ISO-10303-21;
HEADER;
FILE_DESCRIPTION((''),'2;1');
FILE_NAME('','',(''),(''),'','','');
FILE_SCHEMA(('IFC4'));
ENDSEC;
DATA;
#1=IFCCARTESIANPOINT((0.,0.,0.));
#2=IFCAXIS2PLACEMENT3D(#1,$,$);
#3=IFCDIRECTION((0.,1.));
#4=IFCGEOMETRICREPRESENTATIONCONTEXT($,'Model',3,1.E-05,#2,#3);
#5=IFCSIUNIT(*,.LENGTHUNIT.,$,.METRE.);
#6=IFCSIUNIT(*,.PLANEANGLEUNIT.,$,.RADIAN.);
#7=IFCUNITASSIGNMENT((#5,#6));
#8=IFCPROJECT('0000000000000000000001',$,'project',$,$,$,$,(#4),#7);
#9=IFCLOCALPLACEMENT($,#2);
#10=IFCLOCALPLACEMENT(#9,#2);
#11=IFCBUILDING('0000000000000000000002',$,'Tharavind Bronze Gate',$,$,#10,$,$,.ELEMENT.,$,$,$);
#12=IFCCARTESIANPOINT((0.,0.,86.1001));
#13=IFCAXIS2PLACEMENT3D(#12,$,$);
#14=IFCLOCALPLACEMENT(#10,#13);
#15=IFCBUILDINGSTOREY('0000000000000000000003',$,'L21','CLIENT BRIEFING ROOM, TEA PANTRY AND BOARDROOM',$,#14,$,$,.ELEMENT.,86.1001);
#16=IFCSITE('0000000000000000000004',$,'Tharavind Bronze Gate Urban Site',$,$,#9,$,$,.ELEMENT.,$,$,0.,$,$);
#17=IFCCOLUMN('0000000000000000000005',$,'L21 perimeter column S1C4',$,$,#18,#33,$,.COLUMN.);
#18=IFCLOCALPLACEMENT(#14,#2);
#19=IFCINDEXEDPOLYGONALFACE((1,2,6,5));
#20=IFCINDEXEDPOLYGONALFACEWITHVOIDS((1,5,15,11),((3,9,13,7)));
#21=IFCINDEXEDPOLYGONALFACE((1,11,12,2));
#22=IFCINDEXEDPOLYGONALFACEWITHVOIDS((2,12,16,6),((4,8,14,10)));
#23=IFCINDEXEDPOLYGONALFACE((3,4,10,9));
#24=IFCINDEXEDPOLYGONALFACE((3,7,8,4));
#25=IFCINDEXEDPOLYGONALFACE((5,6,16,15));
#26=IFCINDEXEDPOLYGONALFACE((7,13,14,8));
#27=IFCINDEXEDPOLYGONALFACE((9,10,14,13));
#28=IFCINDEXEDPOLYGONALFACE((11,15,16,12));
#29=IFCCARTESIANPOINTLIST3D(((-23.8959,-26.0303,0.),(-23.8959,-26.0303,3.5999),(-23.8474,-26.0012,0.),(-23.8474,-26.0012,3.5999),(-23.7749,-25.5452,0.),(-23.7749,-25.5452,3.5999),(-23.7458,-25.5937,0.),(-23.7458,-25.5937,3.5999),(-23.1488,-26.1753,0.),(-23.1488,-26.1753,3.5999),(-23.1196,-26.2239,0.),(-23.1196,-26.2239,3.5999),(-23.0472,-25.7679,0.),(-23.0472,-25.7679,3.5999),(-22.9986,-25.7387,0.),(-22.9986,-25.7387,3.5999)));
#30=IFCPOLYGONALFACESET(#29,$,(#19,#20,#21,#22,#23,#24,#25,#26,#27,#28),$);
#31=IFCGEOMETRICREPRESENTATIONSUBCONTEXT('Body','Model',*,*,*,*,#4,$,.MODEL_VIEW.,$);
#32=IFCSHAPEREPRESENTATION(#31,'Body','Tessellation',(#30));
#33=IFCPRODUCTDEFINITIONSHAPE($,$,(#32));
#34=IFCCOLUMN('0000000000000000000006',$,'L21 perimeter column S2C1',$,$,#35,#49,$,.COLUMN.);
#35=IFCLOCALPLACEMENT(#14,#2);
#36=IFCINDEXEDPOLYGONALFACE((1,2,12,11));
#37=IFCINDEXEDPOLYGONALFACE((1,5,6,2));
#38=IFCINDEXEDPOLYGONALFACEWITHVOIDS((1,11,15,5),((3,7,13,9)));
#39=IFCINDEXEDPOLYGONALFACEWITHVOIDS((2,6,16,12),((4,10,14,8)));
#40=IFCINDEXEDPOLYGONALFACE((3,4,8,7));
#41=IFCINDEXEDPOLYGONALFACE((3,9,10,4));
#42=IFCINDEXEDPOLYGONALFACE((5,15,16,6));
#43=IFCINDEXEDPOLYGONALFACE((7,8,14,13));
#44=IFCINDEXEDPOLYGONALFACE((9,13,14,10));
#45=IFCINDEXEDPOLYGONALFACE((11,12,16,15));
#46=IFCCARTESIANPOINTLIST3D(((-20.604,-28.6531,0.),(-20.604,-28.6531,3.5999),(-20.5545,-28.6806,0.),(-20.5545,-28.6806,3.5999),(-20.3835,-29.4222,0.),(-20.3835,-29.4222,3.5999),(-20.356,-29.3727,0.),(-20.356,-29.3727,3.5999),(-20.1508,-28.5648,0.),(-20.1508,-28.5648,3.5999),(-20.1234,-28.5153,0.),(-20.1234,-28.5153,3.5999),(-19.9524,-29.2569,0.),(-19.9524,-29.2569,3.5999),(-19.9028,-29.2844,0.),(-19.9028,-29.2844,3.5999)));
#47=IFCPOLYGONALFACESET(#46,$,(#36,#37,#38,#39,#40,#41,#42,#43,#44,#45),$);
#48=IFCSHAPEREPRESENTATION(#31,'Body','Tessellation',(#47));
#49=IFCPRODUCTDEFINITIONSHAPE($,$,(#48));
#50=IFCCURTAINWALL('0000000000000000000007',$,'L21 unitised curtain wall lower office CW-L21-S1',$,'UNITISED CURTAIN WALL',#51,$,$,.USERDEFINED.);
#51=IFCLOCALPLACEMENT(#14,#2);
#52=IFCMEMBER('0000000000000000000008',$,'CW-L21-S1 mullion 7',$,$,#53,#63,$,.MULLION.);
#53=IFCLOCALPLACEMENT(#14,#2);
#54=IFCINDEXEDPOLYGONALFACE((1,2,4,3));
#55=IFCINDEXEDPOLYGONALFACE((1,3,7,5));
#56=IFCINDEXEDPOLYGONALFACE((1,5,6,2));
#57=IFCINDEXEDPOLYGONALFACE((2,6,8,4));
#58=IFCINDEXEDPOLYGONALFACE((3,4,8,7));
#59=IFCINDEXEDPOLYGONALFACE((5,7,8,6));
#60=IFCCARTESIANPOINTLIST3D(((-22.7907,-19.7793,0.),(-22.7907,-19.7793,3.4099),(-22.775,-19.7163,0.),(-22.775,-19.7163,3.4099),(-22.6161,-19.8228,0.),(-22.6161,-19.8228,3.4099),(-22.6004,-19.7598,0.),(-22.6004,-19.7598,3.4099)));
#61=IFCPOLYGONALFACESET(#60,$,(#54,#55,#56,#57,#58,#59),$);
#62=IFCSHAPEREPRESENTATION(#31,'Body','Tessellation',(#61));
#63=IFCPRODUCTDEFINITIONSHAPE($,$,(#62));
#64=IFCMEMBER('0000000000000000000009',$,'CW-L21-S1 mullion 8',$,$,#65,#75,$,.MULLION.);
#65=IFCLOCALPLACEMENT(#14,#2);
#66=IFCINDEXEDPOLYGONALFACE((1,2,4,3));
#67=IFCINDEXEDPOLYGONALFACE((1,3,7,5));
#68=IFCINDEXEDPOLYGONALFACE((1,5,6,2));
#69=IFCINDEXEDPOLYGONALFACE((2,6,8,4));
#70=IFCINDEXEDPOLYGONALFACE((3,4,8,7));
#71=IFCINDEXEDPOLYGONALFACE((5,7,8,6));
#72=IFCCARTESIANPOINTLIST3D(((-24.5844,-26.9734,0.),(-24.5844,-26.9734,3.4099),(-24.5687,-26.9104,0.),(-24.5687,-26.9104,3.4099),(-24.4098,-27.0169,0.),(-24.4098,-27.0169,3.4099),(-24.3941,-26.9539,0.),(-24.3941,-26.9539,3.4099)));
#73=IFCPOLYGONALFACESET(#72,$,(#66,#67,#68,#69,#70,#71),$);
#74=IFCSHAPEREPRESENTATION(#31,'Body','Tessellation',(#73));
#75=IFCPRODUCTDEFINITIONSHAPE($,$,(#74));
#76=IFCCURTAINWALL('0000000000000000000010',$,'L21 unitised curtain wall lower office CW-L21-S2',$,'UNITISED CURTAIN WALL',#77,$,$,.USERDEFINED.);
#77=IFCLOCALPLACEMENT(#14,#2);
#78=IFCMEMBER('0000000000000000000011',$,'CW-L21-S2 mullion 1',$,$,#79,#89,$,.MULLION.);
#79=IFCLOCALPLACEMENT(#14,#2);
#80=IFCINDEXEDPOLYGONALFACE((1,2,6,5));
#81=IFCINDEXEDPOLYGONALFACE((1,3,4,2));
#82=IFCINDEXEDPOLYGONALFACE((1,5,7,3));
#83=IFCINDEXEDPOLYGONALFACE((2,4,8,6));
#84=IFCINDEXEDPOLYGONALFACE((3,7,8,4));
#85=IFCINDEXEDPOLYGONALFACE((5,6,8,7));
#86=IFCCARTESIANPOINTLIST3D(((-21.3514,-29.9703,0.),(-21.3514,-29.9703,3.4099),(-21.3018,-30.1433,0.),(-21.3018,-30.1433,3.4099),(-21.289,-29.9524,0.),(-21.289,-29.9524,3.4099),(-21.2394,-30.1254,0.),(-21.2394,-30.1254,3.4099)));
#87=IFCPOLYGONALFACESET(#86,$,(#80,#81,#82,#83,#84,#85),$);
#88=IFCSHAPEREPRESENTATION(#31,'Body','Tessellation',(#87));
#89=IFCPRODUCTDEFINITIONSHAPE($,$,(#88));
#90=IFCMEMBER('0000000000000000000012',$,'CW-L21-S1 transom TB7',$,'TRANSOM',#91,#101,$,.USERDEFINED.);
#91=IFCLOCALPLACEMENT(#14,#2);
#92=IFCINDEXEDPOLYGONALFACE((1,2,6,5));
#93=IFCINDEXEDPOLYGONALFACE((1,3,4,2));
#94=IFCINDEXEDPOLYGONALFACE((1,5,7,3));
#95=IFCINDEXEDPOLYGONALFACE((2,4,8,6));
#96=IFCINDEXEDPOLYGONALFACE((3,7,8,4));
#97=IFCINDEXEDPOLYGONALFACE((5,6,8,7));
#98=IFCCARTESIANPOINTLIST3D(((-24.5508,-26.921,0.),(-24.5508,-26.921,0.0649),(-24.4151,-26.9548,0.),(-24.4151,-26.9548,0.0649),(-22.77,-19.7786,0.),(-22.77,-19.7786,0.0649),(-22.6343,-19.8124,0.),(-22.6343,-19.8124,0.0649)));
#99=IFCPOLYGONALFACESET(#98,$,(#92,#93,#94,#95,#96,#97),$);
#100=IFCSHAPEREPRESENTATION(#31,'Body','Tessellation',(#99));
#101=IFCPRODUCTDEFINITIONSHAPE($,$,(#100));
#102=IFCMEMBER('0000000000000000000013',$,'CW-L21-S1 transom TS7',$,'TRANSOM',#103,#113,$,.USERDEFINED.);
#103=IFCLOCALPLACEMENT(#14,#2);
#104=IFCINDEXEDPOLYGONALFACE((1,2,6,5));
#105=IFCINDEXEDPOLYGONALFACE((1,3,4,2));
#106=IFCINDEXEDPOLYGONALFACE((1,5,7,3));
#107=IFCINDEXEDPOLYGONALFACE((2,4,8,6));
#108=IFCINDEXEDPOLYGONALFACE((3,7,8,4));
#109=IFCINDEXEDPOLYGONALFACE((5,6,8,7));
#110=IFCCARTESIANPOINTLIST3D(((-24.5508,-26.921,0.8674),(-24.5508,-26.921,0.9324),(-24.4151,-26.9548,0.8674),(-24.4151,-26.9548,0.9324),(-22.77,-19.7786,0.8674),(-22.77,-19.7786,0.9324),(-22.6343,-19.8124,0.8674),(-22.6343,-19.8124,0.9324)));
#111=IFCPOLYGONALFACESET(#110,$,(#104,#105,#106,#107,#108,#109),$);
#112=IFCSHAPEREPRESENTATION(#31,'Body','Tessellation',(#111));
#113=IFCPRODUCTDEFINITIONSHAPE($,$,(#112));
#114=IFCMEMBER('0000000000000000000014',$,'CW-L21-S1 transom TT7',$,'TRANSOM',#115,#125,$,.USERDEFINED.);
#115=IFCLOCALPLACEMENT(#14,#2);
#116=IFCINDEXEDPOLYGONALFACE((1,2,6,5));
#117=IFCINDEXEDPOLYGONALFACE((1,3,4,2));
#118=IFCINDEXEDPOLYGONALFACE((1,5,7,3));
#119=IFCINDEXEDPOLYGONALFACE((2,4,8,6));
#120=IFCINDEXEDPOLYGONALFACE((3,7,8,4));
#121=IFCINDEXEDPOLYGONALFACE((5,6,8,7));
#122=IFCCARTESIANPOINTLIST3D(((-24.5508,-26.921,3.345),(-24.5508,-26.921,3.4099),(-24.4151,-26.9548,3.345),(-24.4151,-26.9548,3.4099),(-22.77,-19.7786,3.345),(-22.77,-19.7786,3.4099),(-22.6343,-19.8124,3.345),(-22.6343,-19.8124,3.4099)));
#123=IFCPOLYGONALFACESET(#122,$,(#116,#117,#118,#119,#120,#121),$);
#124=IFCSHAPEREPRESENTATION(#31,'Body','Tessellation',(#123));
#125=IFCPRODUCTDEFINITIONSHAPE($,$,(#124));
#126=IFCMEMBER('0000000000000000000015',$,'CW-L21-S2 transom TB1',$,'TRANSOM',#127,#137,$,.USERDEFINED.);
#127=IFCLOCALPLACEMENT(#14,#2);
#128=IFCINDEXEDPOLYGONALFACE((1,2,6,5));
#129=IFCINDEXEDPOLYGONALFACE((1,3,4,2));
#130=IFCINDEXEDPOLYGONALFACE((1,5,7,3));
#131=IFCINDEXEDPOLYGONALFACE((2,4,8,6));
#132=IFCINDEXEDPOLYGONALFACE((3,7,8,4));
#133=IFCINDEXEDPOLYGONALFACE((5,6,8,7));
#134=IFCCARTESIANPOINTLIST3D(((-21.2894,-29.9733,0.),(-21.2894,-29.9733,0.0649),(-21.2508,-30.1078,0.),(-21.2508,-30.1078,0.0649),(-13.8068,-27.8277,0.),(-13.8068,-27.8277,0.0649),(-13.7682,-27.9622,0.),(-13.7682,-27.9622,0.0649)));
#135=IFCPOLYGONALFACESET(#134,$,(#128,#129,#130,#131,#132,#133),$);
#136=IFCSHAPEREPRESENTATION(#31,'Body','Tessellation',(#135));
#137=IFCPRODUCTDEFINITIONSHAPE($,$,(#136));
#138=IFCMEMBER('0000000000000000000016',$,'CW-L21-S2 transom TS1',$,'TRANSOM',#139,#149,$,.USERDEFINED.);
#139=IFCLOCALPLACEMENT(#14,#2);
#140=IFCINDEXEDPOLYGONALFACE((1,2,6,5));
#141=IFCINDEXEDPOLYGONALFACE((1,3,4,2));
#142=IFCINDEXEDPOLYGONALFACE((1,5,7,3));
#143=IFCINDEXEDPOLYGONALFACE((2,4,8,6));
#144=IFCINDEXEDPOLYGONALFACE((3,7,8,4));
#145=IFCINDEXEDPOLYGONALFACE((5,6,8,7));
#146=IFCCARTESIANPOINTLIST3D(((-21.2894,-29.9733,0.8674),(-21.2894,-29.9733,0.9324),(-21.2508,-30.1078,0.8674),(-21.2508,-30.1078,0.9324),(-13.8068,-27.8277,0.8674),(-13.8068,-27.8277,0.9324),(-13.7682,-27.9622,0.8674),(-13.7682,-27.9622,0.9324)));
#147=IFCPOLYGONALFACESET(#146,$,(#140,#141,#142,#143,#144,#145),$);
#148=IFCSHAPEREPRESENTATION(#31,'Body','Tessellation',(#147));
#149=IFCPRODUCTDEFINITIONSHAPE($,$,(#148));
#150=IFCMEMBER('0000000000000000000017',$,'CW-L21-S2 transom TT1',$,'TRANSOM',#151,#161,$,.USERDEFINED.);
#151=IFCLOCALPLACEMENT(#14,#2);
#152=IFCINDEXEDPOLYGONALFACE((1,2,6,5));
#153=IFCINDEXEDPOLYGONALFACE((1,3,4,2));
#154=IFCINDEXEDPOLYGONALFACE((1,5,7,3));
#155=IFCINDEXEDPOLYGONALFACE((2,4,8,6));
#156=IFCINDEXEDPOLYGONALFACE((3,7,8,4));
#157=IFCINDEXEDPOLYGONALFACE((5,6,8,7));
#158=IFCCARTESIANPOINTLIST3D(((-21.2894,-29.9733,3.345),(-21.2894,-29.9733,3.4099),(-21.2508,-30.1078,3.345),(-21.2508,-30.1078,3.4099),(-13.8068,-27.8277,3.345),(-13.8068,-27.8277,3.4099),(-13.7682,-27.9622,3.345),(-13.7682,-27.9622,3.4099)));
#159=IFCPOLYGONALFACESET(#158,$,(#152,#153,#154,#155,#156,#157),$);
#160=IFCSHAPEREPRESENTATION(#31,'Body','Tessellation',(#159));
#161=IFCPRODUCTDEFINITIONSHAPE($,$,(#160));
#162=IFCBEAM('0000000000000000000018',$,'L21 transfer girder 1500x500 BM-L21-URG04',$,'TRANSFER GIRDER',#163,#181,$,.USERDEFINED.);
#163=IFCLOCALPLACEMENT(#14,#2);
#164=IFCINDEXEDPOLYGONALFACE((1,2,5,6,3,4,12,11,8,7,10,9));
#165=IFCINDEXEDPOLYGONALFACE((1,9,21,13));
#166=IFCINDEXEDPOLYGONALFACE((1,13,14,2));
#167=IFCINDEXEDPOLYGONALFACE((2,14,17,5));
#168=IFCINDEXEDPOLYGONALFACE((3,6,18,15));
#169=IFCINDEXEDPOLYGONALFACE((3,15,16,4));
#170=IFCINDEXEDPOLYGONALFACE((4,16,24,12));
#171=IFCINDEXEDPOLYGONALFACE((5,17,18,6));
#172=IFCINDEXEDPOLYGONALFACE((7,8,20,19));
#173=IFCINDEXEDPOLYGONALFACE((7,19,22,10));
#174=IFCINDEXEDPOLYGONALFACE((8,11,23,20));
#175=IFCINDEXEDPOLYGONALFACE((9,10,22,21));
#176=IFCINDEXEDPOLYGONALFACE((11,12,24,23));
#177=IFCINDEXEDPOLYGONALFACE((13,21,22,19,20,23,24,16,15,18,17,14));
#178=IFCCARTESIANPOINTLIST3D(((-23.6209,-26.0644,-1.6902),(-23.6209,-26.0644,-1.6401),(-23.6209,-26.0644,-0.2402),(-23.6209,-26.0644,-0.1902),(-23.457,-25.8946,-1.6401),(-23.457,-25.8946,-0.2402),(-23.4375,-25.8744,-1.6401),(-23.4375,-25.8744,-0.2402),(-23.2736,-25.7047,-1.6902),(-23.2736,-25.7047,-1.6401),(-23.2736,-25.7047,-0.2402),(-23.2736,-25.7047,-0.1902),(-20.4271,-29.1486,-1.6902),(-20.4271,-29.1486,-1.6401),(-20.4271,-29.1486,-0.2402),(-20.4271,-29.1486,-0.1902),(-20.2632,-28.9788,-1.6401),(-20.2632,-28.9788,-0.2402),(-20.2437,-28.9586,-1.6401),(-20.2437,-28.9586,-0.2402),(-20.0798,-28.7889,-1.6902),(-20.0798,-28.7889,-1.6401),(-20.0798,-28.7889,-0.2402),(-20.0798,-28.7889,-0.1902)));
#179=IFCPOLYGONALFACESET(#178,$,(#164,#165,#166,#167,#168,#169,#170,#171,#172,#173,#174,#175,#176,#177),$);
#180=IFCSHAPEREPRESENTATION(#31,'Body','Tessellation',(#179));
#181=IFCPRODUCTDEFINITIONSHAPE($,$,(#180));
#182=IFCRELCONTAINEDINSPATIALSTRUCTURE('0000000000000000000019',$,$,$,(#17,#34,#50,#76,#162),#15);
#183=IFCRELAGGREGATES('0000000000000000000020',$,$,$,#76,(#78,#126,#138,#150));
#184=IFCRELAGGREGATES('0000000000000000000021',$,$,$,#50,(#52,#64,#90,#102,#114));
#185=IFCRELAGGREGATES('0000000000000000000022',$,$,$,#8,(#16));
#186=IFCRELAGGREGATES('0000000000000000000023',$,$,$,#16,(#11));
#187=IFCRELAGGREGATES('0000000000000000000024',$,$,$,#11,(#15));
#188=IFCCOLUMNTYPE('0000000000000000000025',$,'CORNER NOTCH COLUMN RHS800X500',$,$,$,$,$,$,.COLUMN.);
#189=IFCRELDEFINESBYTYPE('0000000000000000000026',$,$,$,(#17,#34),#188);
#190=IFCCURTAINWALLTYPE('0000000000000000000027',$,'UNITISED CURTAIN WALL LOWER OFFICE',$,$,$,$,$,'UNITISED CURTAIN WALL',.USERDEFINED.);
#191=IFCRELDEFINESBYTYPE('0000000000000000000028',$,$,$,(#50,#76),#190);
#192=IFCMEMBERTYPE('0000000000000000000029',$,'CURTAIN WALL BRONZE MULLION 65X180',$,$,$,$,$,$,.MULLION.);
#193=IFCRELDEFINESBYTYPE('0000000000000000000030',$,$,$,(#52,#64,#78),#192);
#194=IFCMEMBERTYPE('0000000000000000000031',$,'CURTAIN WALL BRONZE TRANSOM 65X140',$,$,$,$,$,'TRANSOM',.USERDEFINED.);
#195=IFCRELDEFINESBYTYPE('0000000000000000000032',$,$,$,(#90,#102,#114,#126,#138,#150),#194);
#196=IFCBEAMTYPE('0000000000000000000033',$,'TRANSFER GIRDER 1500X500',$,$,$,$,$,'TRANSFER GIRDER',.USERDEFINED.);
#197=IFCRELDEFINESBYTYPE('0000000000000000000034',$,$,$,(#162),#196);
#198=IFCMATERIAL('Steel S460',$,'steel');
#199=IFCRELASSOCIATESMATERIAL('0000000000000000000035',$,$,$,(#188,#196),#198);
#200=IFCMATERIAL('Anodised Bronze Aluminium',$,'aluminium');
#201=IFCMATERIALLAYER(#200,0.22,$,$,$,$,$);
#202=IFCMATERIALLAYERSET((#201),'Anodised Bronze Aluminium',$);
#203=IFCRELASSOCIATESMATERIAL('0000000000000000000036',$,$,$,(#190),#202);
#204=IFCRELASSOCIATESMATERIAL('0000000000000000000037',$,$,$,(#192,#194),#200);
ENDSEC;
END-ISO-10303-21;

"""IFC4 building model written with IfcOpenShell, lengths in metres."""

from ifc_helpers import new_model, si_unit, direction, frame, origin, origin_2d, place, context, subcontext, project, spatial, rectangle, hollow_rectangle, i_section, extrude, material, layer, layer_set, material_profile, profile_set, type_object, element, aggregate, save


model = new_model("IFC4")

# Units and contexts
model_context = context("Model", 3, precision=1e-05, world=origin(), true_north=direction((0.0, 1.0)))
body_context = subcontext(model_context, "Body", "Model", "MODEL_VIEW")
ifc_project = project(units=[si_unit("LENGTHUNIT", "METRE"), si_unit("PLANEANGLEUNIT", "RADIAN")], contexts=[model_context])

# Site, building, storey
site_placement = place(None, origin())
site = spatial("IfcSite", under=ifc_project, at=site_placement, Name="Tharavind Bronze Gate Urban Site", CompositionType="ELEMENT", RefElevation=0.0)
building_placement = place(site_placement, origin())
building = spatial("IfcBuilding", under=site, at=building_placement, Name="Tharavind Bronze Gate", CompositionType="ELEMENT")
storey_placement = place(building_placement, frame((0.0, 0.0, 86.1001)))
storey = spatial("IfcBuildingStorey", under=building, at=storey_placement, Name="L21", Description="CLIENT BRIEFING ROOM, TEA PANTRY AND BOARDROOM", CompositionType="ELEMENT", Elevation=86.1001)

# Columns
ifc_material_1 = material(Name="Steel S460", Category="steel")
ifc_material_profile_1 = material_profile(ifc_material_1, hollow_rectangle(XDim=0.5, YDim=0.8, WallThickness=0.04, at=origin_2d()), Name="RHS800X500X40")
ifc_profile_set_1 = profile_set([ifc_material_profile_1], Name="Steel S460")
column_type = type_object("IfcColumnType", Name="CORNER NOTCH COLUMN RHS800X500", PredefinedType="COLUMN", material=ifc_profile_set_1)
for number, where, z_axis, x_axis, name in (
    (1, (-23.4473, -25.8845, 0.0), (0.0, 0.0, 1.0), (0.241922, 0.970296, 0.0), "L21 perimeter column S1C4"),
    (2, (-20.2534, -28.9688, 0.0), (0.0, 0.0, 1.0), (0.961262, 0.275637, 0.0), "L21 perimeter column S2C1"),
):
    element("IfcColumn", number, at=place(storey_placement, frame(where, z_axis=z_axis, x_axis=x_axis)), inside=storey, type_object=column_type, Name=name, PredefinedType="COLUMN", context=body_context, shape_type="SweptSolid", body=[
        extrude(hollow_rectangle(XDim=0.5, YDim=0.8, WallThickness=0.04, at=origin_2d()), origin(), (0.0, 0.0, 1.0), 3.5999),
    ])

# Curtain wall, members
ifc_material_2 = material(Name="Anodised Bronze Aluminium", Category="aluminium")
ifc_layer_1 = layer(ifc_material_2, 0.22)
ifc_layer_set_1 = layer_set([ifc_layer_1], Name="Anodised Bronze Aluminium")
curtain_wall_type = type_object("IfcCurtainWallType", Name="UNITISED CURTAIN WALL LOWER OFFICE", ElementType="UNITISED CURTAIN WALL", PredefinedType="USERDEFINED", material=ifc_layer_set_1)
curtain_wall_1_placement = place(storey_placement, origin())
curtain_wall_1 = element("IfcCurtainWall", 3, at=curtain_wall_1_placement, inside=storey, type_object=curtain_wall_type, Name="L21 unitised curtain wall lower office CW-L21-S1", ObjectType="UNITISED CURTAIN WALL", PredefinedType="USERDEFINED")
member_type_1 = type_object("IfcMemberType", Name="CURTAIN WALL BRONZE MULLION 65X180", PredefinedType="MULLION", material=ifc_material_2)
member_1_placement = place(storey_placement, frame((-22.6956, -19.7695, 0.0), z_axis=(0.0, 0.0, 1.0), x_axis=(-0.241922, -0.970296, 0.0)))
member_1 = element("IfcMember", 4, at=member_1_placement, type_object=member_type_1, Name="CW-L21-S1 mullion 7", PredefinedType="MULLION", context=body_context, shape_type="SweptSolid", body=[
    extrude(rectangle(XDim=0.0649, YDim=0.1799, at=origin_2d()), origin(), (0.0, 0.0, 1.0), 3.4099),
])
member_2_placement = place(storey_placement, frame((-24.4893, -26.9636, 0.0), z_axis=(0.0, 0.0, 1.0), x_axis=(-0.241922, -0.970296, 0.0)))
member_2 = element("IfcMember", 5, at=member_2_placement, type_object=member_type_1, Name="CW-L21-S1 mullion 8", PredefinedType="MULLION", context=body_context, shape_type="SweptSolid", body=[
    extrude(rectangle(XDim=0.0649, YDim=0.1799, at=origin_2d()), origin(), (0.0, 0.0, 1.0), 3.4099),
])

# Curtain wall, member
curtain_wall_2_placement = place(storey_placement, origin())
curtain_wall_2 = element("IfcCurtainWall", 6, at=curtain_wall_2_placement, inside=storey, type_object=curtain_wall_type, Name="L21 unitised curtain wall lower office CW-L21-S2", ObjectType="UNITISED CURTAIN WALL", PredefinedType="USERDEFINED")
member_3_placement = place(storey_placement, frame((-21.2954, -30.0479, 0.0), z_axis=(0.0, 0.0, 1.0), x_axis=(0.961262, 0.275637, 0.0)))
member_3 = element("IfcMember", 7, at=member_3_placement, type_object=member_type_1, Name="CW-L21-S2 mullion 1", PredefinedType="MULLION", context=body_context, shape_type="SweptSolid", body=[
    extrude(rectangle(XDim=0.0649, YDim=0.1799, at=origin_2d()), origin(), (0.0, 0.0, 1.0), 3.4099),
])

# Members
member_type_2 = type_object("IfcMemberType", Name="CURTAIN WALL BRONZE TRANSOM 65X140", ElementType="TRANSOM", PredefinedType="USERDEFINED", material=ifc_material_2)
member_4_placement = place(storey_placement, frame((-23.5925, -23.3667, 0.0), z_axis=(0.0, 0.0, 1.0), x_axis=(-0.241922, -0.970296, 0.0)))
member_4 = element("IfcMember", 8, at=member_4_placement, type_object=member_type_2, Name="CW-L21-S1 transom TB7", ObjectType="TRANSOM", PredefinedType="USERDEFINED", context=body_context, shape_type="SweptSolid", body=[
    extrude(rectangle(XDim=7.3611, YDim=0.1399, at=origin_2d()), origin(), (0.0, 0.0, 1.0), 0.0649),
])
member_5_placement = place(storey_placement, frame((-23.5925, -23.3667, 0.8674), z_axis=(0.0, 0.0, 1.0), x_axis=(-0.241922, -0.970296, 0.0)))
member_5 = element("IfcMember", 9, at=member_5_placement, type_object=member_type_2, Name="CW-L21-S1 transom TS7", ObjectType="TRANSOM", PredefinedType="USERDEFINED", context=body_context, shape_type="SweptSolid", body=[
    extrude(rectangle(XDim=7.3611, YDim=0.1399, at=origin_2d()), origin(), (0.0, 0.0, 1.0), 0.0649),
])
member_6_placement = place(storey_placement, frame((-23.5925, -23.3667, 3.345), z_axis=(0.0, 0.0, 1.0), x_axis=(-0.241922, -0.970296, 0.0)))
member_6 = element("IfcMember", 10, at=member_6_placement, type_object=member_type_2, Name="CW-L21-S1 transom TT7", ObjectType="TRANSOM", PredefinedType="USERDEFINED", context=body_context, shape_type="SweptSolid", body=[
    extrude(rectangle(XDim=7.3611, YDim=0.1399, at=origin_2d()), origin(), (0.0, 0.0, 1.0), 0.0649),
])
member_7_placement = place(storey_placement, frame((-17.5288, -28.9678, 0.0), z_axis=(0.0, 0.0, 1.0), x_axis=(0.961262, 0.275637, 0.0)))
member_7 = element("IfcMember", 11, at=member_7_placement, type_object=member_type_2, Name="CW-L21-S2 transom TB1", ObjectType="TRANSOM", PredefinedType="USERDEFINED", context=body_context, shape_type="SweptSolid", body=[
    extrude(rectangle(XDim=7.7842, YDim=0.1399, at=origin_2d()), origin(), (0.0, 0.0, 1.0), 0.0649),
])
member_8_placement = place(storey_placement, frame((-17.5288, -28.9678, 0.8674), z_axis=(0.0, 0.0, 1.0), x_axis=(0.961262, 0.275637, 0.0)))
member_8 = element("IfcMember", 12, at=member_8_placement, type_object=member_type_2, Name="CW-L21-S2 transom TS1", ObjectType="TRANSOM", PredefinedType="USERDEFINED", context=body_context, shape_type="SweptSolid", body=[
    extrude(rectangle(XDim=7.7842, YDim=0.1399, at=origin_2d()), origin(), (0.0, 0.0, 1.0), 0.0649),
])
member_9_placement = place(storey_placement, frame((-17.5288, -28.9678, 3.345), z_axis=(0.0, 0.0, 1.0), x_axis=(0.961262, 0.275637, 0.0)))
member_9 = element("IfcMember", 13, at=member_9_placement, type_object=member_type_2, Name="CW-L21-S2 transom TT1", ObjectType="TRANSOM", PredefinedType="USERDEFINED", context=body_context, shape_type="SweptSolid", body=[
    extrude(rectangle(XDim=7.7842, YDim=0.1399, at=origin_2d()), origin(), (0.0, 0.0, 1.0), 0.0649),
])
aggregate(curtain_wall_2, [member_3, member_7, member_8, member_9])

# Beam
ifc_material_profile_2 = material_profile(ifc_material_1, i_section(OverallWidth=0.5, OverallDepth=1.5, WebThickness=0.0281, FlangeThickness=0.05, at=origin_2d()), Name="PG1500X500")
ifc_profile_set_2 = profile_set([ifc_material_profile_2], Name="Steel S460")
beam_type_1 = type_object("IfcBeamType", Name="TRANSFER GIRDER 1500X500", ElementType="TRANSFER GIRDER", PredefinedType="USERDEFINED", material=ifc_profile_set_2)
beam_1_placement = place(storey_placement, frame((-23.4473, -25.8845, -0.9402), z_axis=(0.719344, -0.694654, 0.0), x_axis=(0.694654, 0.719344, 0.0)))
element("IfcBeam", 14, at=beam_1_placement, inside=storey, type_object=beam_type_1, Name="L21 transfer girder 1500x500 BM-L21-URG04", ObjectType="TRANSFER GIRDER", PredefinedType="USERDEFINED", context=body_context, shape_type="SweptSolid", body=[
    extrude(i_section(OverallWidth=0.5, OverallDepth=1.5, WebThickness=0.0281, FlangeThickness=0.05, at=origin_2d()), origin(), (0.0, 0.0, 1.0), 4.4399),
])

aggregate(curtain_wall_1, [member_1, member_2, member_4, member_5, member_6])

save(model, "model.ifc")
